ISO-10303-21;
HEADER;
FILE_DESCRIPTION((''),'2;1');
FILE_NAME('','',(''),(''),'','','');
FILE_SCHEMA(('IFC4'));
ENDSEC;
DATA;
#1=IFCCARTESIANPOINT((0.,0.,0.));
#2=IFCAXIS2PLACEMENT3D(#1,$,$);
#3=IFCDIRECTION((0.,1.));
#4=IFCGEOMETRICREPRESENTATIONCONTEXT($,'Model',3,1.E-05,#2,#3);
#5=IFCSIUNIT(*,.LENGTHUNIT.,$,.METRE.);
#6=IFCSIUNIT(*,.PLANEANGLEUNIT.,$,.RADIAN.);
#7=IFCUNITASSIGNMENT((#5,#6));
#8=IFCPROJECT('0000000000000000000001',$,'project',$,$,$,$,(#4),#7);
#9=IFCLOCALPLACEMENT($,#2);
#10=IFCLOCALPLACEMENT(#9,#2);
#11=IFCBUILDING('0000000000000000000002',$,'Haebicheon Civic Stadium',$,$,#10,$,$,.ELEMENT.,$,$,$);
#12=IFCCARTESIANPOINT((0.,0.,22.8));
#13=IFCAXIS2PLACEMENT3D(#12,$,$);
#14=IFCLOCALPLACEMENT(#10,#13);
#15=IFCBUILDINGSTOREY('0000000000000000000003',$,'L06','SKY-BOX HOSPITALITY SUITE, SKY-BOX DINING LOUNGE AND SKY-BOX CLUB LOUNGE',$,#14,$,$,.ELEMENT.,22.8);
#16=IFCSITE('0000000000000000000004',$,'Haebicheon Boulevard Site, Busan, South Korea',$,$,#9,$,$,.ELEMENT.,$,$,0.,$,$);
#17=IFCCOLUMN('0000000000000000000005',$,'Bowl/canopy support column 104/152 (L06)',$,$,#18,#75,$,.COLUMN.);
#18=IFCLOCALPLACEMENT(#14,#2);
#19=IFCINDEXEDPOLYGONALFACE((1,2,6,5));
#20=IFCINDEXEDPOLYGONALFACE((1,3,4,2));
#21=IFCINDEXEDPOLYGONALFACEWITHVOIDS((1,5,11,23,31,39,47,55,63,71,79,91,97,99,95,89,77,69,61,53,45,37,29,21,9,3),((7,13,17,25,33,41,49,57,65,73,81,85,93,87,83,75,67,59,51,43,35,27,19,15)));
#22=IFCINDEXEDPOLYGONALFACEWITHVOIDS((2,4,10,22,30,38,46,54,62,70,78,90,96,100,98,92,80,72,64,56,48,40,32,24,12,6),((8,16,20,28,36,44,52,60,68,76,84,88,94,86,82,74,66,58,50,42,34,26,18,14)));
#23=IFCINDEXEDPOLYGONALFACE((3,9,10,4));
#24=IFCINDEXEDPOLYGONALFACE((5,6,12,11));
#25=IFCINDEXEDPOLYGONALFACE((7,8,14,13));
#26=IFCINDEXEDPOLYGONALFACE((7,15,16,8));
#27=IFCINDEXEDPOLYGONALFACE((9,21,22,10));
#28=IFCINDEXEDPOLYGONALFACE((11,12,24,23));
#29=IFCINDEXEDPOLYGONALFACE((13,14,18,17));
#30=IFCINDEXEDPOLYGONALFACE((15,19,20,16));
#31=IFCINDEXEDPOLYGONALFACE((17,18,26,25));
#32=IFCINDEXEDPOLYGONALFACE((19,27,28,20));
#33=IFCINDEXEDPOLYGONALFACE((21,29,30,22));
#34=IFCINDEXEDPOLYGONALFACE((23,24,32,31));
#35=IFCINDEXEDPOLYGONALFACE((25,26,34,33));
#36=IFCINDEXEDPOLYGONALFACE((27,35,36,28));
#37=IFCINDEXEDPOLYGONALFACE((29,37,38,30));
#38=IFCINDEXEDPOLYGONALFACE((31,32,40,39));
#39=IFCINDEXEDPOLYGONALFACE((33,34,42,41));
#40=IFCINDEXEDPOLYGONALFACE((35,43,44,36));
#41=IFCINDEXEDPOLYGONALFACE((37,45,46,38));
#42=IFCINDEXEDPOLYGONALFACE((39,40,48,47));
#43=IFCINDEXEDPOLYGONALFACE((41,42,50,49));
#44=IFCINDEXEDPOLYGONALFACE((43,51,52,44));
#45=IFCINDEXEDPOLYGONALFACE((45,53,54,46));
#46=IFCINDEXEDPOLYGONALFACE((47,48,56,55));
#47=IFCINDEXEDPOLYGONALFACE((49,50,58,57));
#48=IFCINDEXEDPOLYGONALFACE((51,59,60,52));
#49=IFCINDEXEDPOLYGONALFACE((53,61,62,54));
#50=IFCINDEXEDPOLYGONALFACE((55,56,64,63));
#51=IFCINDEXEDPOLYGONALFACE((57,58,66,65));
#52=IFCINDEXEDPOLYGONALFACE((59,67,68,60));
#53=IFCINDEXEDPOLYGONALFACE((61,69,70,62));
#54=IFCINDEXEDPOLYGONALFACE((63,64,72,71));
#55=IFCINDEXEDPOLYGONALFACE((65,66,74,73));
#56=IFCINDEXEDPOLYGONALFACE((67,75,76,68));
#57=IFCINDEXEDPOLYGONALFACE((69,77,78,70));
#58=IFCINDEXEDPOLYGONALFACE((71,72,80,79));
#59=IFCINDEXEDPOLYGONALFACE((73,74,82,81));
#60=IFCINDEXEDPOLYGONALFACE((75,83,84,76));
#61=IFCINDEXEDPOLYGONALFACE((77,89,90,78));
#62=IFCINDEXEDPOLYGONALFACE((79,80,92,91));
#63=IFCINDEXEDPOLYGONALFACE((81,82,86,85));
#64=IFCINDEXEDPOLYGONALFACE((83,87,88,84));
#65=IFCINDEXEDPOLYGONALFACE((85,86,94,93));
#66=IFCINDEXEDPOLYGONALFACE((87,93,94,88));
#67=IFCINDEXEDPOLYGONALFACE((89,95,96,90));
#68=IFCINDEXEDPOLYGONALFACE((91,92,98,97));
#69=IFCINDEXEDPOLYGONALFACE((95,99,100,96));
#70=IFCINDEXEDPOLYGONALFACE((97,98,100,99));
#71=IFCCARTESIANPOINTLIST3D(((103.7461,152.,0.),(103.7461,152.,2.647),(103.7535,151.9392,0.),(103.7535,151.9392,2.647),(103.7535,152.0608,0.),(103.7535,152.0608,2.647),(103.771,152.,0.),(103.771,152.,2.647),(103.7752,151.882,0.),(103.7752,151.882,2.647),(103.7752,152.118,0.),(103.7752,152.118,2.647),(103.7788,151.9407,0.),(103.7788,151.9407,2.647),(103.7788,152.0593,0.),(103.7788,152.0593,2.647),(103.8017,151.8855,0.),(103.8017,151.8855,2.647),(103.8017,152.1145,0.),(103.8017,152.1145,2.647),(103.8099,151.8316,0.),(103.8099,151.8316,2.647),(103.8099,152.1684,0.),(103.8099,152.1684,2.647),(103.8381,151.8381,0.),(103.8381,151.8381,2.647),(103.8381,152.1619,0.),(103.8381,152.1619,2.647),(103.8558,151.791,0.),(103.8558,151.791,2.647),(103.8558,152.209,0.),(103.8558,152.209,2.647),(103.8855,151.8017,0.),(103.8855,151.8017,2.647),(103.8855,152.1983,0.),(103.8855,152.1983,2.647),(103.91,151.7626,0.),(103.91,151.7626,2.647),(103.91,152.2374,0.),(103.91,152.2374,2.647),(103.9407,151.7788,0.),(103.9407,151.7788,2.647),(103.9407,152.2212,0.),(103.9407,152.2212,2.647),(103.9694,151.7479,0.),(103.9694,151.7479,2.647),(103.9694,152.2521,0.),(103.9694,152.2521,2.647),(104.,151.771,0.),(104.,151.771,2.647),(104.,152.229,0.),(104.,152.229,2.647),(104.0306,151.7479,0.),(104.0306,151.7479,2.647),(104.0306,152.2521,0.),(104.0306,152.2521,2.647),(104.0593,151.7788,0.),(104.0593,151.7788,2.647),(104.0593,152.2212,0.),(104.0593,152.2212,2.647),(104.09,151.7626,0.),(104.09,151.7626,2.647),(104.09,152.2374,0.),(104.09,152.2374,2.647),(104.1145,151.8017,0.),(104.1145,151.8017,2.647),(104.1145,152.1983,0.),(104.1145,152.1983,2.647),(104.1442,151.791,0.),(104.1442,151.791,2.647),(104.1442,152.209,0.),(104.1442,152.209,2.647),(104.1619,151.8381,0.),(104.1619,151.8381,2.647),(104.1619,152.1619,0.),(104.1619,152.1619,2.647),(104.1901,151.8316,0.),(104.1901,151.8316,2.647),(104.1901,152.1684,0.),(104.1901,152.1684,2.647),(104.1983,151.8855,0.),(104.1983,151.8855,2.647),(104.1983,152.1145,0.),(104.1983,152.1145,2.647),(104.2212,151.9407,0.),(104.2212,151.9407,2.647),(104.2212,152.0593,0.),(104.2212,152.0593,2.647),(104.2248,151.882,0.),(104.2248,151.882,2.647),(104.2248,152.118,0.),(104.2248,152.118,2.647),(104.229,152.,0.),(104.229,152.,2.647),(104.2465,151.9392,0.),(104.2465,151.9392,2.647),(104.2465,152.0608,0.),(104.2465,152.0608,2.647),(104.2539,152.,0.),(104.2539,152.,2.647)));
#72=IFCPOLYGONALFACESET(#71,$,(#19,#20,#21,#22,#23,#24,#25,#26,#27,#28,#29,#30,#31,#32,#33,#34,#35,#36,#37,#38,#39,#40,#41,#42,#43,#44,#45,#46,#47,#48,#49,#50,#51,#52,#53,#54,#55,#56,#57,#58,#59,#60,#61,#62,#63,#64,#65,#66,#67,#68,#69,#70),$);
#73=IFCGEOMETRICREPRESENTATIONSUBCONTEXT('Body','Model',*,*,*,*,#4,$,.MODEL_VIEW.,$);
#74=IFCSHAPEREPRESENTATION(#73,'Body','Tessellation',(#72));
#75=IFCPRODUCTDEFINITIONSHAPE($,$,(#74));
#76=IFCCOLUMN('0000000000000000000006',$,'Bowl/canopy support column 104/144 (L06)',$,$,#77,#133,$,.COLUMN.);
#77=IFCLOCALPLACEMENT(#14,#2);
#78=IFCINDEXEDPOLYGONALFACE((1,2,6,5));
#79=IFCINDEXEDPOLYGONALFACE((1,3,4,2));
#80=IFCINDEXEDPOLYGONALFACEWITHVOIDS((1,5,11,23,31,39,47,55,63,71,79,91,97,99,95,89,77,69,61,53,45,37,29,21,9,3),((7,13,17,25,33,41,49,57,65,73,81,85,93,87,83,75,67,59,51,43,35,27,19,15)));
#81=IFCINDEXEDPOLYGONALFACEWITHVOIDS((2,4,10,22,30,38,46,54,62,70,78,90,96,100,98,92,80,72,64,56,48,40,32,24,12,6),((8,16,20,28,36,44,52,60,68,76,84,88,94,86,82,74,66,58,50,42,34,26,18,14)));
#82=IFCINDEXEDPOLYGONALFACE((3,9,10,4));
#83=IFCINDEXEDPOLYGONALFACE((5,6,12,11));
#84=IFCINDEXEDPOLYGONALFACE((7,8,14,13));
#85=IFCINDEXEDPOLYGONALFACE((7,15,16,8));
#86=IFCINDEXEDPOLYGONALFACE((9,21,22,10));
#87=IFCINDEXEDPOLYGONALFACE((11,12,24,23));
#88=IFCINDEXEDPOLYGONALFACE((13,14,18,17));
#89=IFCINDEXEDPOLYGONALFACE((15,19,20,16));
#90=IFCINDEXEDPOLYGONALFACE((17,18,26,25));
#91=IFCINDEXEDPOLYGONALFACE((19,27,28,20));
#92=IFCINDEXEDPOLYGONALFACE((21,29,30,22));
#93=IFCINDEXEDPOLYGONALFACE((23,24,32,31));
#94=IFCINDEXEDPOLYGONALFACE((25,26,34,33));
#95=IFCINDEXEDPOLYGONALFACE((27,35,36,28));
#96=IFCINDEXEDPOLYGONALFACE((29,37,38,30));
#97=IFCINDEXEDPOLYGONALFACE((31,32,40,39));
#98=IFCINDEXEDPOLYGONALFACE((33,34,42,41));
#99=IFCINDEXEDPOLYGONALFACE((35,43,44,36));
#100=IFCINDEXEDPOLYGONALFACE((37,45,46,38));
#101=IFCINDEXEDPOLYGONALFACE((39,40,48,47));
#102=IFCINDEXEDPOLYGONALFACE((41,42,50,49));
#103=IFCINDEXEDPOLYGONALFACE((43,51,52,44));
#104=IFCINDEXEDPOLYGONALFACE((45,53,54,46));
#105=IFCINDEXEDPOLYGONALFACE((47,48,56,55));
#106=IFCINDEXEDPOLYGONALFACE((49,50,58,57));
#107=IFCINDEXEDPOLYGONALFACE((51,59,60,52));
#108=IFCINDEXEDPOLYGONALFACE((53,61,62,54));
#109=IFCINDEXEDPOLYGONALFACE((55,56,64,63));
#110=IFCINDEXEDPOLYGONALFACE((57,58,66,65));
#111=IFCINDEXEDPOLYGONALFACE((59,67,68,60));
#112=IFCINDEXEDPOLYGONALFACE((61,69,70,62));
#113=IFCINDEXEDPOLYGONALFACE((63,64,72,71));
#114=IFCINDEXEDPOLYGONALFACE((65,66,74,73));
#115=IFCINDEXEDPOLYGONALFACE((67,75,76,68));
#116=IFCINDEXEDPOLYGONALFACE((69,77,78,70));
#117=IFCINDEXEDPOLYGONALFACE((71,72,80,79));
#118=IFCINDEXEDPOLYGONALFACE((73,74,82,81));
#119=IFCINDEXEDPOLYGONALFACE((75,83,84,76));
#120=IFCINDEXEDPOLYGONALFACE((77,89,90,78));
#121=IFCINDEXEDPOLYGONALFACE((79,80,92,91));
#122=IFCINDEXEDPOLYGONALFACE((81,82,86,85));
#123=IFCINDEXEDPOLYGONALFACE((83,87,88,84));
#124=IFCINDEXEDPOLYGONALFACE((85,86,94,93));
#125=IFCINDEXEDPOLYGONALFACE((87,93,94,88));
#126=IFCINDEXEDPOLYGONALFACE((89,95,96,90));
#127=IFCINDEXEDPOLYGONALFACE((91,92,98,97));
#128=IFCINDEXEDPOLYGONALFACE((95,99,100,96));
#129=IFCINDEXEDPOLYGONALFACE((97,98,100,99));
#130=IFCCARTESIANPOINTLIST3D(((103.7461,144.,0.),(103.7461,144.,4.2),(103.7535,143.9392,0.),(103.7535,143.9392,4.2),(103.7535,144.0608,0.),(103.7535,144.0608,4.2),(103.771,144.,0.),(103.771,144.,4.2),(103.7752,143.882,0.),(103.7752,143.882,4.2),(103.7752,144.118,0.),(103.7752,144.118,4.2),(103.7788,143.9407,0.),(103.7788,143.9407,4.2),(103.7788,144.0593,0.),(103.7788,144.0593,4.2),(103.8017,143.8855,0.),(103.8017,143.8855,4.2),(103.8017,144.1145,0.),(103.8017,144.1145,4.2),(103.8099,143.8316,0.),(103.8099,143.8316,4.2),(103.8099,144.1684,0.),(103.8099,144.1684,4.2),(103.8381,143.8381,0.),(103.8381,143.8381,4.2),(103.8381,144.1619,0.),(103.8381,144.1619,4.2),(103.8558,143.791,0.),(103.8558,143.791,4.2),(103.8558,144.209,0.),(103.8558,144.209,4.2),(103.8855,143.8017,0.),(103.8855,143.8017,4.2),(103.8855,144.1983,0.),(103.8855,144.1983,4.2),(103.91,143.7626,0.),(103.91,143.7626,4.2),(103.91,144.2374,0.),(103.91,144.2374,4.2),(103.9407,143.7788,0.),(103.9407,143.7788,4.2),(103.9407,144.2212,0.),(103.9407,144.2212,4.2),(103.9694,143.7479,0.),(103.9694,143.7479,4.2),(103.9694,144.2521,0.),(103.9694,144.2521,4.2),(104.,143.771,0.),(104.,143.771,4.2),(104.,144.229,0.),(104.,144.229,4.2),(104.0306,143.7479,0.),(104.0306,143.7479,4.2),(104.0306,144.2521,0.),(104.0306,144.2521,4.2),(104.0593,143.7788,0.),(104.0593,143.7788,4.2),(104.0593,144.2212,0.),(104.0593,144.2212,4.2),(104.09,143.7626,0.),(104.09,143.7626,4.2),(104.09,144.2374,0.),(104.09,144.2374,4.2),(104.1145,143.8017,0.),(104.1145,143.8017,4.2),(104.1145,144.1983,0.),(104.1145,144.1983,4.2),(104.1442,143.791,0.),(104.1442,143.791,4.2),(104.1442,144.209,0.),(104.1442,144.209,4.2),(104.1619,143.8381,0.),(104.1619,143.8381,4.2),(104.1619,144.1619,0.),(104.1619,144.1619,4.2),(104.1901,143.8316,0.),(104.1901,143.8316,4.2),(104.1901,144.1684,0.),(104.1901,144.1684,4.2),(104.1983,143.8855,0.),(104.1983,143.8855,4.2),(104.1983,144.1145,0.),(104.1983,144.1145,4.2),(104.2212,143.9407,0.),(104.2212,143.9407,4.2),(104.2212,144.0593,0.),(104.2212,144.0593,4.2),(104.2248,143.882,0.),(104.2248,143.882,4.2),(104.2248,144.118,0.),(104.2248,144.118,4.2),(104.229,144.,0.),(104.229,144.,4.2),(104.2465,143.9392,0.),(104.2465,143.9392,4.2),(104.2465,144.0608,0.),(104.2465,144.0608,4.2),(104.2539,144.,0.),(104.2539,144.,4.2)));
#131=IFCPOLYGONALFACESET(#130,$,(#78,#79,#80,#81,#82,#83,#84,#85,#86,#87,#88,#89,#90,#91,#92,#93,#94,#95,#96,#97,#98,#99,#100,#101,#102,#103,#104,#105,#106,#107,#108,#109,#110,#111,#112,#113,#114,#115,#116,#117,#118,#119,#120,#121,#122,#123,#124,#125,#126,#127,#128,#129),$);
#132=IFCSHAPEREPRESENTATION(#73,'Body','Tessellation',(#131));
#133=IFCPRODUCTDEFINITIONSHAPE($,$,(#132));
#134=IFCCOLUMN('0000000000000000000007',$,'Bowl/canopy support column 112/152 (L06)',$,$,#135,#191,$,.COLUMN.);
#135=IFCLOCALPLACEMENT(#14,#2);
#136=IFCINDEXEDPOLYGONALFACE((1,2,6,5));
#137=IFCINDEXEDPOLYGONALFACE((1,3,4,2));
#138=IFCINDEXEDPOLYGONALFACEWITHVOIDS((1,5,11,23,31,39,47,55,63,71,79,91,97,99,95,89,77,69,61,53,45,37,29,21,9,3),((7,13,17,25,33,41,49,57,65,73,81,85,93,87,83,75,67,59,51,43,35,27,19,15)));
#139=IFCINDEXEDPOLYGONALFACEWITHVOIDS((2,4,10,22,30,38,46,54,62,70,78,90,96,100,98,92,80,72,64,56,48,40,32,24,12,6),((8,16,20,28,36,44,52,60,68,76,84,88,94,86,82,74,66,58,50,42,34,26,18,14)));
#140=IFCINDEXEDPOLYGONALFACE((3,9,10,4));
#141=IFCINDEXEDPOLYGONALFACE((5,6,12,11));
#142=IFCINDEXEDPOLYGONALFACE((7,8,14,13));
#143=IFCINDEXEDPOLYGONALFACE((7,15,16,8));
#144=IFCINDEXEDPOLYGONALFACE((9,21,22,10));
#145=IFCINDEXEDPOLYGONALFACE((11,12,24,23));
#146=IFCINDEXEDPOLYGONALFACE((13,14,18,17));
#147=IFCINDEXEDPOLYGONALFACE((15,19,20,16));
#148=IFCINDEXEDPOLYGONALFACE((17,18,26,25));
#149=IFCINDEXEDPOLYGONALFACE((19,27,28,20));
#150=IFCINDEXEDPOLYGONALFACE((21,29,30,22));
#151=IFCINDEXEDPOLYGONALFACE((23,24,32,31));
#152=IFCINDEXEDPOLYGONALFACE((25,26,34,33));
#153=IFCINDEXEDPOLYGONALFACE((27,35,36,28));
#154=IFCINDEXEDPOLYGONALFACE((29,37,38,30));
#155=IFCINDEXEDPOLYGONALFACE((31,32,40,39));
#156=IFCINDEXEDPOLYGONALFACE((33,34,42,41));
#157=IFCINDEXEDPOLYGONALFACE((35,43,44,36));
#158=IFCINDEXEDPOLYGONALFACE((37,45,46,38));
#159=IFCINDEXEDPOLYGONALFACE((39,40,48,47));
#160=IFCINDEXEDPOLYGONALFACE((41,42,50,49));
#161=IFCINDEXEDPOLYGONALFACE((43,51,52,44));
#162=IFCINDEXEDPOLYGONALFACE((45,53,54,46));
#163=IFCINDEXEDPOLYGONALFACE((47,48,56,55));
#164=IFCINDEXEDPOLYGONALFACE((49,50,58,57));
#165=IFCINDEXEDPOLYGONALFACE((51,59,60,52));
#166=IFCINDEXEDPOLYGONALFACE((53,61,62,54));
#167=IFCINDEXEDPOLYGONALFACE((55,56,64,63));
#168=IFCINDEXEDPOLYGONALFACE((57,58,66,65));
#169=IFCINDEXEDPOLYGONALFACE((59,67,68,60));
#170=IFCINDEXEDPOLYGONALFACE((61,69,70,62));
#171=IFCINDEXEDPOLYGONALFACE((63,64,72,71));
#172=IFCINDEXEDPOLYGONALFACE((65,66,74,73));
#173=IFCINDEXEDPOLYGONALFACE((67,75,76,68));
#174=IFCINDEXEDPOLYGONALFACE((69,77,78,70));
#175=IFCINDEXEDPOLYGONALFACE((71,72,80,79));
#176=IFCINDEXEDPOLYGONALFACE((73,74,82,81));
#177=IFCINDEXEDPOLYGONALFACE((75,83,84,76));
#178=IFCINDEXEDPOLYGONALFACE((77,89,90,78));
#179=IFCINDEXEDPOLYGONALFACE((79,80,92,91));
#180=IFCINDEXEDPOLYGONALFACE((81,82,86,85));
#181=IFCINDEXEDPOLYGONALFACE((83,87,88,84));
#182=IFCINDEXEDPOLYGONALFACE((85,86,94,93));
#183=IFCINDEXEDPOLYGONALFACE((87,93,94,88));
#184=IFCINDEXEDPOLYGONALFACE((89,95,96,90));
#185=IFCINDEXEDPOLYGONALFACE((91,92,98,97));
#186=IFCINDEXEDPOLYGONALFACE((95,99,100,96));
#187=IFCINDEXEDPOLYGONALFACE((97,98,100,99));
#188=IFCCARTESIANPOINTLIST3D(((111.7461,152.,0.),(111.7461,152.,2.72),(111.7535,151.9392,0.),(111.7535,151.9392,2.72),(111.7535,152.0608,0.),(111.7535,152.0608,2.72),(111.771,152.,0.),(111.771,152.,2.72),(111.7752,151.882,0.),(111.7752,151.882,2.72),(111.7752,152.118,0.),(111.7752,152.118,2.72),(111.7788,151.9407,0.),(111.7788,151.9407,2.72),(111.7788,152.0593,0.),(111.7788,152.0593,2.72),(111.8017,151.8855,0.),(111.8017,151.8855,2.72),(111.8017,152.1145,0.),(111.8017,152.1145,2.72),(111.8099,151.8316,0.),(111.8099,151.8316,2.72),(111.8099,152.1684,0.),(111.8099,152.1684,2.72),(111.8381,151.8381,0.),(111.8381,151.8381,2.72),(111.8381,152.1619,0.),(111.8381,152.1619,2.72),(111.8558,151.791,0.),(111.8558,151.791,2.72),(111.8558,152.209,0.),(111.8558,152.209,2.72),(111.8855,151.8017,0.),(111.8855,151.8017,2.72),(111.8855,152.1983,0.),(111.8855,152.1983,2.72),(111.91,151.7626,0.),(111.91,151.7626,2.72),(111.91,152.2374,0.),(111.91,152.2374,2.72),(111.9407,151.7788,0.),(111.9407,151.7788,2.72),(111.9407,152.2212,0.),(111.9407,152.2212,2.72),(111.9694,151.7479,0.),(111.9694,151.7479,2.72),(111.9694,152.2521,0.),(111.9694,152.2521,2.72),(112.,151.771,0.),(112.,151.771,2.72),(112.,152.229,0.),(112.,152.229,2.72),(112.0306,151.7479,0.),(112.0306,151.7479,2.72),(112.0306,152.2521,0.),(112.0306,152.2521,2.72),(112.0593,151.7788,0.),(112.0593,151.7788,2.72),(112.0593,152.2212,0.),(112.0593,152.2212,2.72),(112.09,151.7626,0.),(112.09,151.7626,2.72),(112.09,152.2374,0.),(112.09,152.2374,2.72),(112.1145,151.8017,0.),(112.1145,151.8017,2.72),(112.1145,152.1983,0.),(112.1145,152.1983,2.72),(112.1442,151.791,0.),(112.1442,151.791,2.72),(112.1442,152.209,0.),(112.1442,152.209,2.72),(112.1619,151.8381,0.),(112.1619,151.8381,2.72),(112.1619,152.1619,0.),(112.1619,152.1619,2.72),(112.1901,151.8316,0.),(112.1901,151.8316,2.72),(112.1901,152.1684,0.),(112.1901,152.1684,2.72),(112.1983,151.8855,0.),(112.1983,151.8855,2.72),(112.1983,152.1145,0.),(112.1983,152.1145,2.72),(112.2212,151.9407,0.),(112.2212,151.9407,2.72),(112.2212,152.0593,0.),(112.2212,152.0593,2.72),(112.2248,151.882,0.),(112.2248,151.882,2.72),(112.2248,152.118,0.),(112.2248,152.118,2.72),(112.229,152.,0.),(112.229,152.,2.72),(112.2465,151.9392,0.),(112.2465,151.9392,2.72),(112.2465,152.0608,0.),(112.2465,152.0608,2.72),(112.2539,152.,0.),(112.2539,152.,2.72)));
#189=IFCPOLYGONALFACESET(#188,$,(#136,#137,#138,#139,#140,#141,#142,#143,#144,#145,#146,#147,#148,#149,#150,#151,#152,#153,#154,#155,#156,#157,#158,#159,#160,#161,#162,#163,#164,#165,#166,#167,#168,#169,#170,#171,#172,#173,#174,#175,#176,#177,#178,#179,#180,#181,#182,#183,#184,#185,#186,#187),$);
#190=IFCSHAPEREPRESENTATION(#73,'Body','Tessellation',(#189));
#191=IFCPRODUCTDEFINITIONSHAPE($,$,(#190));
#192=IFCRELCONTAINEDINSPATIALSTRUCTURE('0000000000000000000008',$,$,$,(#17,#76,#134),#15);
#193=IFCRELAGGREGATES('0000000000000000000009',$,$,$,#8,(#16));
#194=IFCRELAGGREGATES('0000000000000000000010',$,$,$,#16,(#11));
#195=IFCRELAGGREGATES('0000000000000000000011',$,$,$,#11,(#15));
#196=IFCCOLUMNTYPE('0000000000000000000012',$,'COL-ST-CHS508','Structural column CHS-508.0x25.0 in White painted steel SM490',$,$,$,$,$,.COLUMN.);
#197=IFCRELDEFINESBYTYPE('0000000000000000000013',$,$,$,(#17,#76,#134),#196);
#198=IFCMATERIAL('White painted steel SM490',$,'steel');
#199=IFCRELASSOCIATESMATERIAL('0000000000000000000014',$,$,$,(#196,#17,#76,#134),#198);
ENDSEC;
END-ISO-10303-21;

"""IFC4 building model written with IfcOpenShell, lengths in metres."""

from ifc_helpers import new_model, si_unit, direction, frame, origin, origin_2d, place, context, subcontext, project, spatial, hollow_circle, extrude, material, material_profile, profile_set, type_object, element, save


model = new_model("IFC4")

# Units and contexts
model_context = context("Model", 3, precision=1e-05, world=origin(), true_north=direction((0.0, 1.0)))
body_context = subcontext(model_context, "Body", "Model", "MODEL_VIEW")
ifc_project = project(units=[si_unit("LENGTHUNIT", "METRE"), si_unit("PLANEANGLEUNIT", "RADIAN")], contexts=[model_context])

# Site, building, storey
site_placement = place(None, origin())
site = spatial("IfcSite", under=ifc_project, at=site_placement, Name="Haebicheon Boulevard Site, Busan, South Korea", CompositionType="ELEMENT", RefElevation=0.0)
building_placement = place(site_placement, origin())
building = spatial("IfcBuilding", under=site, at=building_placement, Name="Haebicheon Civic Stadium", CompositionType="ELEMENT")
storey_placement = place(building_placement, frame((0.0, 0.0, 22.8)))
storey = spatial("IfcBuildingStorey", under=building, at=storey_placement, Name="L06", Description="SKY-BOX HOSPITALITY SUITE, SKY-BOX DINING LOUNGE AND SKY-BOX CLUB LOUNGE", CompositionType="ELEMENT", Elevation=22.8)

# Columns
ifc_material_1 = material(Name="White painted steel SM490", Category="steel")
ifc_material_profile_1 = material_profile(ifc_material_1, hollow_circle(Radius=0.2539, WallThickness=0.0249, at=origin_2d()), Name="CHS-508.0x25.0")
ifc_profile_set_1 = profile_set([ifc_material_profile_1], Name="White painted steel SM490")
column_type = type_object("IfcColumnType", Name="COL-ST-CHS508", Description="Structural column CHS-508.0x25.0 in White painted steel SM490", PredefinedType="COLUMN", material=ifc_profile_set_1)
column_1_placement = place(storey_placement, frame((104.0, 152.0, 0.0), z_axis=(0.0, 0.0, 1.0), x_axis=(1.0, 0.0, 0.0)))
element("IfcColumn", 1, at=column_1_placement, inside=storey, type_object=column_type, material=ifc_profile_set_1, Name="Bowl/canopy support column 104/152 (L06)", PredefinedType="COLUMN", context=body_context, shape_type="SweptSolid", body=[
    extrude(hollow_circle(Radius=0.2539, WallThickness=0.0249, at=origin_2d()), origin(), (0.0, 0.0, 1.0), 2.647),
])
column_2_placement = place(storey_placement, frame((104.0, 144.0, 0.0), z_axis=(0.0, 0.0, 1.0), x_axis=(1.0, 0.0, 0.0)))
element("IfcColumn", 2, at=column_2_placement, inside=storey, type_object=column_type, material=ifc_profile_set_1, Name="Bowl/canopy support column 104/144 (L06)", PredefinedType="COLUMN", context=body_context, shape_type="SweptSolid", body=[
    extrude(hollow_circle(Radius=0.2539, WallThickness=0.0249, at=origin_2d()), origin(), (0.0, 0.0, 1.0), 4.2),
])
column_3_placement = place(storey_placement, frame((112.0, 152.0, 0.0), z_axis=(0.0, 0.0, 1.0), x_axis=(1.0, 0.0, 0.0)))
element("IfcColumn", 3, at=column_3_placement, inside=storey, type_object=column_type, material=ifc_profile_set_1, Name="Bowl/canopy support column 112/152 (L06)", PredefinedType="COLUMN", context=body_context, shape_type="SweptSolid", body=[
    extrude(hollow_circle(Radius=0.2539, WallThickness=0.0249, at=origin_2d()), origin(), (0.0, 0.0, 1.0), 2.72),
])

save(model, "model.ifc")
